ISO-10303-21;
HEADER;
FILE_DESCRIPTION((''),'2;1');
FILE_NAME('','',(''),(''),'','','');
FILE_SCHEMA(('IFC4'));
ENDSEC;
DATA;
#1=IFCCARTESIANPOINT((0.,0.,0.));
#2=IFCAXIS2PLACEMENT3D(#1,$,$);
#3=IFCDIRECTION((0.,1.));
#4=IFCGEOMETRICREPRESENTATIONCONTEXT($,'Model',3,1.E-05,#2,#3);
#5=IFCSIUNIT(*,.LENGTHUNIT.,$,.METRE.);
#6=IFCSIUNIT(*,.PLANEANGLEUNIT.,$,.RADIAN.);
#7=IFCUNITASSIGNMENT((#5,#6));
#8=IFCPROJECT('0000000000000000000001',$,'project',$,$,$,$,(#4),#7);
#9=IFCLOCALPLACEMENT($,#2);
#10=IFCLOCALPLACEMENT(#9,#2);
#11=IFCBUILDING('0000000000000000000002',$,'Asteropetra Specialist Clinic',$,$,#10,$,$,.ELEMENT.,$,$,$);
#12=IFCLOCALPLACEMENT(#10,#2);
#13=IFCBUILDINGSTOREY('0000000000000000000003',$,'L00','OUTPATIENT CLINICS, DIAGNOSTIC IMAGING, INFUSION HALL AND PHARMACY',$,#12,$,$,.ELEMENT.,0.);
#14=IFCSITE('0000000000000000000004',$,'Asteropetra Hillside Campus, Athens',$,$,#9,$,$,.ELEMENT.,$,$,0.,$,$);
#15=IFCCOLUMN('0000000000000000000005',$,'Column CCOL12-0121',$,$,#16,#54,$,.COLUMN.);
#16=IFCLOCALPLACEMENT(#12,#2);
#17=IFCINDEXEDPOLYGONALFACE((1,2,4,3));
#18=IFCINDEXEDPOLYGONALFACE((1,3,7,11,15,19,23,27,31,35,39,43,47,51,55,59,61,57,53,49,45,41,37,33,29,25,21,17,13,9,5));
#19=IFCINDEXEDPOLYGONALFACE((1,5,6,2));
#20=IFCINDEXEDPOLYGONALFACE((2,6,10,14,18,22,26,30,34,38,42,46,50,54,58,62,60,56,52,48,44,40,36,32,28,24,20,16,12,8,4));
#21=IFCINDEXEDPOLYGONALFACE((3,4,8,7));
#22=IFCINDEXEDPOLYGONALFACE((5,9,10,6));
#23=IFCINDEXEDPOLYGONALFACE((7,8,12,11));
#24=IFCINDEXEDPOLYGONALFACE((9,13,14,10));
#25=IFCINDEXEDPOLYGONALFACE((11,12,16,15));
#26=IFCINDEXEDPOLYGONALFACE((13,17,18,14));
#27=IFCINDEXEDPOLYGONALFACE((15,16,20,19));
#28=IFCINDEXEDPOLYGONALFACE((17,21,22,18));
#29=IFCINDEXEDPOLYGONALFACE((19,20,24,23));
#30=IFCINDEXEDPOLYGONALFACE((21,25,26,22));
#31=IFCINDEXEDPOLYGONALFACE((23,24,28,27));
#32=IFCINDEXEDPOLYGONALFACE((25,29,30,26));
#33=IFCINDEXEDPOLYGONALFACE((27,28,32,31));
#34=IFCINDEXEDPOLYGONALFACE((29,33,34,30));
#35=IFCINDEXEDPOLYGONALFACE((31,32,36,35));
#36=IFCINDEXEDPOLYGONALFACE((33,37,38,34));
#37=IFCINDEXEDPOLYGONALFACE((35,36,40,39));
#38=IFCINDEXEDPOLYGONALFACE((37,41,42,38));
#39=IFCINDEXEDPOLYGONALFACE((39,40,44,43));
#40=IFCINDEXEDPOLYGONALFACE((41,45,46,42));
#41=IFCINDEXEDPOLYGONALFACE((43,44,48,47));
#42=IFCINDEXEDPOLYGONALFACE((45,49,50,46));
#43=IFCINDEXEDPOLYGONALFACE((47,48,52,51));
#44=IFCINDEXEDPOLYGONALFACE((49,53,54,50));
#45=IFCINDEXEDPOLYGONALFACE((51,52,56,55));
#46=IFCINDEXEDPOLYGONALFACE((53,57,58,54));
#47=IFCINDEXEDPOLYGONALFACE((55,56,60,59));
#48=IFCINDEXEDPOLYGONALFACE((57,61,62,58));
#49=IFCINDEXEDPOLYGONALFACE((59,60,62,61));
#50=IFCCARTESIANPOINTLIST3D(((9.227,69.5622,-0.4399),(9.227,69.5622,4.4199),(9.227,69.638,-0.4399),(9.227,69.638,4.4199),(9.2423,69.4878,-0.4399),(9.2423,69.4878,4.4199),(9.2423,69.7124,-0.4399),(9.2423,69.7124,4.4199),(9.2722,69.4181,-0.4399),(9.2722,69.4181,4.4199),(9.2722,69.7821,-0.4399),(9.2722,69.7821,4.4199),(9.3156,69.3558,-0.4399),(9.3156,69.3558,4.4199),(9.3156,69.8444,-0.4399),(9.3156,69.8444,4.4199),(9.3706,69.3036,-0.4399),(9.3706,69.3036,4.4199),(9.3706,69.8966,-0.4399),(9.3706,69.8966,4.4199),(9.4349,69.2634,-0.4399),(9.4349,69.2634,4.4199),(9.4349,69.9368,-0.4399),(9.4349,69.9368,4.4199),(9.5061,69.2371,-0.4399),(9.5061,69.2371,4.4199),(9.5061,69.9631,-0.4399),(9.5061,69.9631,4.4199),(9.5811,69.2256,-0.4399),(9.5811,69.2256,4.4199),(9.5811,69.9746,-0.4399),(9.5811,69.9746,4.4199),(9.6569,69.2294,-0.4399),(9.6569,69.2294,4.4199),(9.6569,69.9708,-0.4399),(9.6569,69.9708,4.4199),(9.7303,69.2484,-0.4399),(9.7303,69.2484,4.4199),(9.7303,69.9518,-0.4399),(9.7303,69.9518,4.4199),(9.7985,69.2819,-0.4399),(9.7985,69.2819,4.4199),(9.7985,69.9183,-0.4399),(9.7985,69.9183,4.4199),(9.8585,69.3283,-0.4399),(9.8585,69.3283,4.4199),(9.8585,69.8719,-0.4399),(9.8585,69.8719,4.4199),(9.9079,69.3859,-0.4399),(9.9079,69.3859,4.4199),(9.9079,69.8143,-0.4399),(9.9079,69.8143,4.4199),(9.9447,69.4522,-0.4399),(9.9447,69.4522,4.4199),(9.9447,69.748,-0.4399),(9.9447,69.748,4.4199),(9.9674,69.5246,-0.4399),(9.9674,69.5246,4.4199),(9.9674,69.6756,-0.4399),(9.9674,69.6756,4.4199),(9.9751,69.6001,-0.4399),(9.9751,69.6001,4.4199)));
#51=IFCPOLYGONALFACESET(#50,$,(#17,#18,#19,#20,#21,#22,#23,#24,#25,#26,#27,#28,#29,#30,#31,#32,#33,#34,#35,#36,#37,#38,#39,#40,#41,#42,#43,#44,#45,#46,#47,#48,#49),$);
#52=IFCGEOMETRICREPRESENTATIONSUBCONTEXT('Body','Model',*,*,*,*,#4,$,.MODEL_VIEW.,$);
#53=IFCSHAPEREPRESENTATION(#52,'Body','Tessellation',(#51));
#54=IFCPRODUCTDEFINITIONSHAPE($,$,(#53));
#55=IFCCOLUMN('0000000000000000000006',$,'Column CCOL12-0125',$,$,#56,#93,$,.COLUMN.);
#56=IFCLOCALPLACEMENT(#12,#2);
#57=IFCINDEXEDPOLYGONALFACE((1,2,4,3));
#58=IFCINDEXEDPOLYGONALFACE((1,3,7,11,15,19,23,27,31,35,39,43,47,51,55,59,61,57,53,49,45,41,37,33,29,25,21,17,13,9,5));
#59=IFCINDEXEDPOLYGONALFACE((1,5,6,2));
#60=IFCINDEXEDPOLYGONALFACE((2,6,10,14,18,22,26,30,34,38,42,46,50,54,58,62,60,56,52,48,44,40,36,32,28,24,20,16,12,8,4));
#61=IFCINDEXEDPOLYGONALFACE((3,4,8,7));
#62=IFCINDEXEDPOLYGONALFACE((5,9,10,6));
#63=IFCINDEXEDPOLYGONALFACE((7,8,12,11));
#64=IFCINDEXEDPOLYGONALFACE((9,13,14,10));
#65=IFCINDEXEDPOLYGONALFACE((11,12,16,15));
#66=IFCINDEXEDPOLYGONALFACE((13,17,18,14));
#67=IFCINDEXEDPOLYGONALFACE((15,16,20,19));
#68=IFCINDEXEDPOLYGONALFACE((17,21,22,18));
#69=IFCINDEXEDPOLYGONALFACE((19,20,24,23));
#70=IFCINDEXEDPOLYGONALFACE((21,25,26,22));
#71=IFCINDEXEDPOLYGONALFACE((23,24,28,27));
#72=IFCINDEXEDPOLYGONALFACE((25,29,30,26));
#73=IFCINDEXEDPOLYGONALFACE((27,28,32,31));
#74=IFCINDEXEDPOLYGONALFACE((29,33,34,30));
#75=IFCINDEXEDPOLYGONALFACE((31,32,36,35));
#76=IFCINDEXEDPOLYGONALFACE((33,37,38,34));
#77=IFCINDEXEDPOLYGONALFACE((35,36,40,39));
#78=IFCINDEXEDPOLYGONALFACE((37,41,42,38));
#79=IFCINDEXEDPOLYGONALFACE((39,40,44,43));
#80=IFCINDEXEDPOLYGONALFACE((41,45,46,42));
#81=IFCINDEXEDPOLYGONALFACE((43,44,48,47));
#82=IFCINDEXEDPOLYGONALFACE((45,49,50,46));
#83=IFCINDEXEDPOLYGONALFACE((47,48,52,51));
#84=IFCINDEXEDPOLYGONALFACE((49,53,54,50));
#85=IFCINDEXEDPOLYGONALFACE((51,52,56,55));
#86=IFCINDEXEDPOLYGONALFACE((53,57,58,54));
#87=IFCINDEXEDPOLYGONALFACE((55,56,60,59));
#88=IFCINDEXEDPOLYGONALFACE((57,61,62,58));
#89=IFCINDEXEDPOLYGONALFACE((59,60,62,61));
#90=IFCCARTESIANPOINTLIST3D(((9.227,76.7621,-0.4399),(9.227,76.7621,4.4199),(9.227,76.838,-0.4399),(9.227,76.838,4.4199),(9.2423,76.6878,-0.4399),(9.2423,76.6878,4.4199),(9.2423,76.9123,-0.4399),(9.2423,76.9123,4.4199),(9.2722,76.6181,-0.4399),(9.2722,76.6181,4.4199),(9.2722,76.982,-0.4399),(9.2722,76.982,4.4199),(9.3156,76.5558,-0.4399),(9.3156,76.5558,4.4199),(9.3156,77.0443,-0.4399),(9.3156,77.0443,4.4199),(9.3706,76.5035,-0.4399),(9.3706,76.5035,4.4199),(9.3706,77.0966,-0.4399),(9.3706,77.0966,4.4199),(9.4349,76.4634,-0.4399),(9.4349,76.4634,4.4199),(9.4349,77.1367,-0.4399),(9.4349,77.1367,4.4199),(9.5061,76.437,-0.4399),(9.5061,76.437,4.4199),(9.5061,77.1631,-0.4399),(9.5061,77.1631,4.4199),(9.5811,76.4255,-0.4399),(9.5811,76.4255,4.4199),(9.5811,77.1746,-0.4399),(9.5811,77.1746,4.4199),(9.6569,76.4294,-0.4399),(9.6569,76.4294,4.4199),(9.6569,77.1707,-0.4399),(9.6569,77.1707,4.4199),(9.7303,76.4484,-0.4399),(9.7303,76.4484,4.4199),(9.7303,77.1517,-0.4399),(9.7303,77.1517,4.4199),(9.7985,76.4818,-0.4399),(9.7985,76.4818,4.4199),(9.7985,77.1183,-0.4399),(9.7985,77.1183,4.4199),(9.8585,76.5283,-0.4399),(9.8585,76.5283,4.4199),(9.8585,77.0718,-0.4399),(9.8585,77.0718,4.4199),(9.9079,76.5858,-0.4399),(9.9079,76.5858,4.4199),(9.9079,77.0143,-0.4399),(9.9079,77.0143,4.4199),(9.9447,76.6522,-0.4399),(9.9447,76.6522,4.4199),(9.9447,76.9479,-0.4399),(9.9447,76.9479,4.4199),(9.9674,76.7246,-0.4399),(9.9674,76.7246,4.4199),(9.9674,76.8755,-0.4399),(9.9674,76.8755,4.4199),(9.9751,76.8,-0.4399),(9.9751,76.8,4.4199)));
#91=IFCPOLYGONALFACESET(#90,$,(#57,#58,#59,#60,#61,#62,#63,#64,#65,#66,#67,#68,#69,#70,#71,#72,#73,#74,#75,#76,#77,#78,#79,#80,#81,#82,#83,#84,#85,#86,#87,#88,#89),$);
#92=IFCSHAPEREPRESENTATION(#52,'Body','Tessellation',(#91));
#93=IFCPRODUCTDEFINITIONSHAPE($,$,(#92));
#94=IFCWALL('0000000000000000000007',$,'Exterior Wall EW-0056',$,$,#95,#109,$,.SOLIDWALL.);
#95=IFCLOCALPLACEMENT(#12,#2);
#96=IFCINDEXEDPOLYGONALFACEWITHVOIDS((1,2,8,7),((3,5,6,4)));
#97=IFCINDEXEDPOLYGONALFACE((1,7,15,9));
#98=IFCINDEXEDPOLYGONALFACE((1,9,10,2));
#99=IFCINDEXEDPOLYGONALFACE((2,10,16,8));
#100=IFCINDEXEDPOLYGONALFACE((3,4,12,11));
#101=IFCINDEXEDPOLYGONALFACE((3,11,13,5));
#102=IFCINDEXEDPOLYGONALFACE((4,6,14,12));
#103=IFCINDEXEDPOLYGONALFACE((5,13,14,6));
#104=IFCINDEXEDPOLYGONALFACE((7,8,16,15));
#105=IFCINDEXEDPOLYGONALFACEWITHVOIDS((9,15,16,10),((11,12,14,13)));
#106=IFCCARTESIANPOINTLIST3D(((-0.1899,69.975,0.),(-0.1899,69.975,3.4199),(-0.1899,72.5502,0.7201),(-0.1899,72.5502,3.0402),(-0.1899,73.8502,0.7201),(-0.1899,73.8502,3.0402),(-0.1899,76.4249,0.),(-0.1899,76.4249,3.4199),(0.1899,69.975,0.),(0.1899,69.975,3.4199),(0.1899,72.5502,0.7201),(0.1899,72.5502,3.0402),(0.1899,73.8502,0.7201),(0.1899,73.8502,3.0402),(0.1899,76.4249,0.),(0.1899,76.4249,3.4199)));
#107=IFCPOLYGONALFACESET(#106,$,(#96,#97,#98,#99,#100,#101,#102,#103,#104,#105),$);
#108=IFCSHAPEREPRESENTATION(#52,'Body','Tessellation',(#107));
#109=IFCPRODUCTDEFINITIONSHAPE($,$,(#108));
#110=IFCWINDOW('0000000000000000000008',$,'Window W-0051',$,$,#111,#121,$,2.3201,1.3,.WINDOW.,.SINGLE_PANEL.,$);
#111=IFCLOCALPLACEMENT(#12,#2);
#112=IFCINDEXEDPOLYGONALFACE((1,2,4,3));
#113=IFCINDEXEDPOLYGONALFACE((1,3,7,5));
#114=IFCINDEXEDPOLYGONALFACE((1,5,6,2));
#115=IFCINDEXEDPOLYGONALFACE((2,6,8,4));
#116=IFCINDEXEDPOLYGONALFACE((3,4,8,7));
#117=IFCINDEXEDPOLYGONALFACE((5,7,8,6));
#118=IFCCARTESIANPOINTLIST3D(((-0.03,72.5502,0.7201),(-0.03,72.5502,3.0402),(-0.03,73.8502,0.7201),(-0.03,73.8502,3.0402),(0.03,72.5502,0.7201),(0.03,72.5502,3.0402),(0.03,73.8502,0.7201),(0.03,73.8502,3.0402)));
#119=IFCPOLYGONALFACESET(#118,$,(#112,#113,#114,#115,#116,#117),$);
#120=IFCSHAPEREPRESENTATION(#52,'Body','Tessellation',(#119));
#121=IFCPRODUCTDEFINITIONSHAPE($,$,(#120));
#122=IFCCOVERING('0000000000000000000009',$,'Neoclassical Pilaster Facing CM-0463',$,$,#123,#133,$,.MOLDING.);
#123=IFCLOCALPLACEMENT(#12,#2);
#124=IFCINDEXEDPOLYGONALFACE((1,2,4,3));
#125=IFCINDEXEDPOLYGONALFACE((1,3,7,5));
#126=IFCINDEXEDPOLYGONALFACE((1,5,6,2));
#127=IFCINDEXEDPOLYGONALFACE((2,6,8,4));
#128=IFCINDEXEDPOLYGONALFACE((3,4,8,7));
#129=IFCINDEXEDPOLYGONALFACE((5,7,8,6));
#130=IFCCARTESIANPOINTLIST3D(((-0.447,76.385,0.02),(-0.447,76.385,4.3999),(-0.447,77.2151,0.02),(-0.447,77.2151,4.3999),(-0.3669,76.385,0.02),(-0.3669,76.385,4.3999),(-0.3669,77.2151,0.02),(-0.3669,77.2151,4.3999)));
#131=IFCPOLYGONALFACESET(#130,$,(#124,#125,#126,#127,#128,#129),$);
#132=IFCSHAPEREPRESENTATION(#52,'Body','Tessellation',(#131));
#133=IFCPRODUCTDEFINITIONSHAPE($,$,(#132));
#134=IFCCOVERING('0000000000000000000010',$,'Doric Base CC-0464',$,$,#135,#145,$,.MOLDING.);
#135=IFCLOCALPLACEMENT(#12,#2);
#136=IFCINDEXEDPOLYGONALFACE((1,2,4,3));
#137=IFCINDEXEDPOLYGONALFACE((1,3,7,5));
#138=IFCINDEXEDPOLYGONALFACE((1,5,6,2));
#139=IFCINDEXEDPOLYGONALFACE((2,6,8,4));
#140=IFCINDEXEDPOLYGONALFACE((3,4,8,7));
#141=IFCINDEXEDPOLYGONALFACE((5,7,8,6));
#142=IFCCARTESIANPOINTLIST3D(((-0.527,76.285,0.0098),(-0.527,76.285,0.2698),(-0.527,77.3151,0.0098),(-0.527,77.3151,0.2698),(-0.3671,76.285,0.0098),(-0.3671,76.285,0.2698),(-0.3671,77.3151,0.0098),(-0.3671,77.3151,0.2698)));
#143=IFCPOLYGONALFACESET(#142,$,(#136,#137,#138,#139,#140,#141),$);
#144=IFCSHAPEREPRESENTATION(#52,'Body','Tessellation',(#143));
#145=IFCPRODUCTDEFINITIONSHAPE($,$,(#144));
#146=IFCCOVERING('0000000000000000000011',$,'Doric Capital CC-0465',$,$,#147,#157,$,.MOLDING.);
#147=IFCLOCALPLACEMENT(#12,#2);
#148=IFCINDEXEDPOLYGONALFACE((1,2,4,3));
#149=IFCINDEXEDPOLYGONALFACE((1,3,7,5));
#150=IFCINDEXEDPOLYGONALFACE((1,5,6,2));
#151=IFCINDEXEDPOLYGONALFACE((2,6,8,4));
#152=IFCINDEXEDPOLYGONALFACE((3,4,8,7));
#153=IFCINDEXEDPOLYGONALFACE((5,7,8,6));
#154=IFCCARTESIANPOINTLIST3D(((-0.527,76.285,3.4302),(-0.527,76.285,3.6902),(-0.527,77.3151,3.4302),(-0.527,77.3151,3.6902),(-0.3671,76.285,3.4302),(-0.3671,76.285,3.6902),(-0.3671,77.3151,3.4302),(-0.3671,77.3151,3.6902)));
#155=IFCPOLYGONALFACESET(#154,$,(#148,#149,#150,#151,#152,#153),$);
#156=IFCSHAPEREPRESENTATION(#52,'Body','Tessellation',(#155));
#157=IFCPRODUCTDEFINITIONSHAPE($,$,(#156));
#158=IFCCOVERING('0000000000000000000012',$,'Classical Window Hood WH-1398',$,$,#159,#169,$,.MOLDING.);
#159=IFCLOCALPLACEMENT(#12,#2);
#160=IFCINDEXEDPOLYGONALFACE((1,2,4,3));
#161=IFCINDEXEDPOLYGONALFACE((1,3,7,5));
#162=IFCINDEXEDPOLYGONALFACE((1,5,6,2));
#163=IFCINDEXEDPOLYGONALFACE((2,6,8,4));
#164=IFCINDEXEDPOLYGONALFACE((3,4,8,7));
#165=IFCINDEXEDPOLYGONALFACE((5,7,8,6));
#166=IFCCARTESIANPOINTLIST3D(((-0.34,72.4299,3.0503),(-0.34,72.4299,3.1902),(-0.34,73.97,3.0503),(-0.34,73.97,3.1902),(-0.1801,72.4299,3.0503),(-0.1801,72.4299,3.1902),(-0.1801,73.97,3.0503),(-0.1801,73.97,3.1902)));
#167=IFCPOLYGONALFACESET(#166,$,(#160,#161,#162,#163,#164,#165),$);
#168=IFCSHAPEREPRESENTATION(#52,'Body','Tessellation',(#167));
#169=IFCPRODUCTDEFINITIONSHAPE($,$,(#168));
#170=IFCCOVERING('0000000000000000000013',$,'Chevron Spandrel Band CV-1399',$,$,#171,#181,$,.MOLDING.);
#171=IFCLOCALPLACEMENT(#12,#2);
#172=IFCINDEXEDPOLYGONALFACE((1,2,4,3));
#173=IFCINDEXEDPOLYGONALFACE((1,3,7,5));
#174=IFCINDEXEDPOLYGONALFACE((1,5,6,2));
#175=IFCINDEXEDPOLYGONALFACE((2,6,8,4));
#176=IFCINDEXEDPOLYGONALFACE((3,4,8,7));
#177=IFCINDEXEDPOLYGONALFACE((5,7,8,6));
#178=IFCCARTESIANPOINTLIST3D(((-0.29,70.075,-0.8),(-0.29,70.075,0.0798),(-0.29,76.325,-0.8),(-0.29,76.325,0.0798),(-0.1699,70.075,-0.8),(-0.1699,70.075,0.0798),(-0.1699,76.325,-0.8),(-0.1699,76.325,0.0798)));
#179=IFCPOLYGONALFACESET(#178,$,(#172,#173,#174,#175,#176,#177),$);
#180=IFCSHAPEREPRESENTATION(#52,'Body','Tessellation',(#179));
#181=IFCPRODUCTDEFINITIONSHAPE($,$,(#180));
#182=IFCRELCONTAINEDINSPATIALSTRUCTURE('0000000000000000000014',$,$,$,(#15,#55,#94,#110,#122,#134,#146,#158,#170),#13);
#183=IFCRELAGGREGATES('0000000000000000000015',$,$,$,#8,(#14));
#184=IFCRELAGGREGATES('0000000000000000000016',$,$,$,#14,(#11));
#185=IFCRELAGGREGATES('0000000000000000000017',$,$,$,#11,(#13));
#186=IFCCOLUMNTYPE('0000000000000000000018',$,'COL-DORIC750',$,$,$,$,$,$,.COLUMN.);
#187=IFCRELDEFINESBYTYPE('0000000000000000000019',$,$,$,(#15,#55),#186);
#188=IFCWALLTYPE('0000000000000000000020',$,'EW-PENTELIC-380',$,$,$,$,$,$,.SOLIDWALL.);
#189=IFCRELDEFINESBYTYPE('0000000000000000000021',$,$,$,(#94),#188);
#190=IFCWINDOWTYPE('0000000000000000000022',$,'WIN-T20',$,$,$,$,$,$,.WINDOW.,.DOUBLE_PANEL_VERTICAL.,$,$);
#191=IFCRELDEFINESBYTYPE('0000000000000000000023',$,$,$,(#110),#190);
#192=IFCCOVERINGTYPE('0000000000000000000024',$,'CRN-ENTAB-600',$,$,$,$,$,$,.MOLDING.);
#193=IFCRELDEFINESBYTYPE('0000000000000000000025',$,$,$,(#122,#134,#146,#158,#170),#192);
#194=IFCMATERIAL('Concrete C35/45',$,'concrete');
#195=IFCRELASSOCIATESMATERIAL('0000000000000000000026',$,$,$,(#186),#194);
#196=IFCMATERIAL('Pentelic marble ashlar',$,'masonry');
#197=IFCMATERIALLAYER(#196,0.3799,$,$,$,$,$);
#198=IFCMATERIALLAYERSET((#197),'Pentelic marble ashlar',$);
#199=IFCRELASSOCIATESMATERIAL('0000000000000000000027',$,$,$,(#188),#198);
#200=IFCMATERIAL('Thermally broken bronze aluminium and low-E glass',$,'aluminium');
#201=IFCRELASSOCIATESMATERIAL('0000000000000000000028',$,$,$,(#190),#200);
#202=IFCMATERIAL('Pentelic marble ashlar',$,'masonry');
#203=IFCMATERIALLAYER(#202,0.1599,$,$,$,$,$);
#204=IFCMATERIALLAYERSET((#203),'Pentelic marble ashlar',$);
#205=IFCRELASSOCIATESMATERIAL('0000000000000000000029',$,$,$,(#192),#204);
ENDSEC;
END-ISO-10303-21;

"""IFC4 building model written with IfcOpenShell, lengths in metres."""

from ifc_helpers import new_model, si_unit, direction, frame, frame_2d, origin, origin_2d, place, context, subcontext, project, spatial, rectangle, circle, extrude, material, layer, layer_set, material_profile, profile_set, type_object, element, fill, save


model = new_model("IFC4")

# Units and contexts
model_context = context("Model", 3, precision=1e-05, world=origin(), true_north=direction((0.0, 1.0)))
body_context = subcontext(model_context, "Body", "Model", "MODEL_VIEW")
ifc_project = project(units=[si_unit("LENGTHUNIT", "METRE"), si_unit("PLANEANGLEUNIT", "RADIAN")], contexts=[model_context])

# Site, building, storey
site_placement = place(None, origin())
site = spatial("IfcSite", under=ifc_project, at=site_placement, Name="Asteropetra Hillside Campus, Athens", CompositionType="ELEMENT", RefElevation=0.0)
building_placement = place(site_placement, origin())
building = spatial("IfcBuilding", under=site, at=building_placement, Name="Asteropetra Specialist Clinic", CompositionType="ELEMENT")
storey_placement = place(building_placement, origin())
storey = spatial("IfcBuildingStorey", under=building, at=storey_placement, Name="L00", Description="OUTPATIENT CLINICS, DIAGNOSTIC IMAGING, INFUSION HALL AND PHARMACY", CompositionType="ELEMENT", Elevation=0.0)

# Columns
ifc_material_1 = material(Name="Concrete C35/45", Category="concrete")
ifc_material_profile_1 = material_profile(ifc_material_1, circle(Radius=0.375, at=origin_2d()), Name="RCC D750")
ifc_profile_set_1 = profile_set([ifc_material_profile_1], Name="Concrete C35/45")
column_type = type_object("IfcColumnType", Name="COL-DORIC750", PredefinedType="COLUMN", material=ifc_profile_set_1)
for number, where, z_axis, x_axis, name in (
    (1, (9.6001, 69.6001, -0.4399), (0.0, 0.0, 1.0), (1.0, 0.0, 0.0), "Column CCOL12-0121"),
    (2, (9.6001, 76.8, -0.4399), (0.0, 0.0, 1.0), (1.0, 0.0, 0.0), "Column CCOL12-0125"),
):
    element("IfcColumn", number, at=place(storey_placement, frame(where, z_axis=z_axis, x_axis=x_axis)), inside=storey, type_object=column_type, Name=name, PredefinedType="COLUMN", context=body_context, shape_type="SweptSolid", body=[
        extrude(circle(Radius=0.375, at=origin_2d()), origin(), (0.0, 0.0, 1.0), 4.8599),
    ])

# Wall, opening, window
ifc_material_2 = material(Name="Pentelic marble ashlar", Category="masonry")
ifc_layer_1 = layer(ifc_material_2, 0.3799)
ifc_layer_set_1 = layer_set([ifc_layer_1], Name="Pentelic marble ashlar")
wall_type = type_object("IfcWallType", Name="EW-PENTELIC-380", PredefinedType="SOLIDWALL", material=ifc_layer_set_1)
wall_placement = place(storey_placement, frame((0.0, 76.425, 0.0), z_axis=(0.0, 0.0, 1.0), x_axis=(0.0, -1.0, 0.0)))
wall = element("IfcWall", 3, at=wall_placement, inside=storey, type_object=wall_type, Name="Exterior Wall EW-0056", PredefinedType="SOLIDWALL", context=body_context, shape_type="SweptSolid", body=[
    extrude(rectangle(XDim=6.45, YDim=0.3799, at=frame_2d((3.2251, 0.0))), origin(), (0.0, 0.0, 1.0), 3.4199),
])
opening_placement = place(wall_placement, frame((2.575, 0.0, 0.72)))
opening = element("IfcOpeningElement", 4, at=opening_placement, cuts=wall, PredefinedType="OPENING", context=body_context, shape_type="SweptSolid", body=[
    extrude(rectangle(XDim=1.3, YDim=2.3201, at=frame_2d((0.6499, 1.1602))), frame((0.0, 0.2, 0.0), z_axis=(0.0, -1.0, 0.0), x_axis=(1.0, 0.0, 0.0)), (0.0, 0.0, 1.0), 0.3999),
])
ifc_material_3 = material(Name="Thermally broken bronze aluminium and low-E glass", Category="aluminium")
window_type = type_object("IfcWindowType", Name="WIN-T20", PartitioningType="DOUBLE_PANEL_VERTICAL", PredefinedType="WINDOW", material=ifc_material_3)
window_placement = place(opening_placement, origin())
window = element("IfcWindow", 5, at=window_placement, inside=storey, type_object=window_type, Name="Window W-0051", OverallHeight=2.3201, OverallWidth=1.3, PartitioningType="SINGLE_PANEL", PredefinedType="WINDOW", context=body_context, shape_type="SweptSolid", body=[
    extrude(rectangle(XDim=1.3, YDim=2.3201, at=frame_2d((0.6499, 1.1602))), frame((0.0, 0.03, 0.0), z_axis=(0.0, -1.0, 0.0), x_axis=(1.0, 0.0, 0.0)), (0.0, 0.0, 1.0), 0.0601),
])
fill(opening, window)

# Coverings
ifc_material_4 = material(Name="Pentelic marble ashlar", Category="masonry")
ifc_layer_2 = layer(ifc_material_4, 0.1599)
ifc_layer_set_2 = layer_set([ifc_layer_2], Name="Pentelic marble ashlar")
covering_type = type_object("IfcCoveringType", Name="CRN-ENTAB-600", PredefinedType="MOLDING", material=ifc_layer_set_2)
covering_1_placement = place(storey_placement, frame((-0.407, 76.8, 0.02), z_axis=(0.0, 0.0, 1.0), x_axis=(1.0, 0.0, 0.0)))
element("IfcCovering", 6, at=covering_1_placement, inside=storey, type_object=covering_type, Name="Neoclassical Pilaster Facing CM-0463", PredefinedType="MOLDING", context=body_context, shape_type="SweptSolid", body=[
    extrude(rectangle(XDim=0.0801, YDim=0.8301, at=origin_2d()), origin(), (0.0, 0.0, 1.0), 4.3799),
])
for number, where, z_axis, x_axis, name in (
    (7, (-0.447, 76.8, 0.0098), (0.0, 0.0, 1.0), (1.0, 0.0, 0.0), "Doric Base CC-0464"),
    (8, (-0.447, 76.8, 3.4302), (0.0, 0.0, 1.0), (1.0, 0.0, 0.0), "Doric Capital CC-0465"),
):
    element("IfcCovering", number, at=place(storey_placement, frame(where, z_axis=z_axis, x_axis=x_axis)), inside=storey, type_object=covering_type, Name=name, PredefinedType="MOLDING", context=body_context, shape_type="SweptSolid", body=[
        extrude(rectangle(XDim=0.1599, YDim=1.03, at=origin_2d()), origin(), (0.0, 0.0, 1.0), 0.26),
    ])
covering_2_placement = place(storey_placement, frame((-0.26, 73.2, 3.0503), z_axis=(0.0, 0.0, 1.0), x_axis=(1.0, 0.0, 0.0)))
element("IfcCovering", 9, at=covering_2_placement, inside=storey, type_object=covering_type, Name="Classical Window Hood WH-1398", PredefinedType="MOLDING", context=body_context, shape_type="SweptSolid", body=[
    extrude(rectangle(XDim=0.1599, YDim=1.54, at=origin_2d()), origin(), (0.0, 0.0, 1.0), 0.1399),
])
covering_3_placement = place(storey_placement, frame((-0.23, 73.2, -0.8), z_axis=(0.0, 0.0, 1.0), x_axis=(1.0, 0.0, 0.0)))
element("IfcCovering", 10, at=covering_3_placement, inside=storey, type_object=covering_type, Name="Chevron Spandrel Band CV-1399", PredefinedType="MOLDING", context=body_context, shape_type="SweptSolid", body=[
    extrude(rectangle(XDim=0.1201, YDim=6.25, at=origin_2d()), origin(), (0.0, 0.0, 1.0), 0.8799),
])

save(model, "model.ifc")
